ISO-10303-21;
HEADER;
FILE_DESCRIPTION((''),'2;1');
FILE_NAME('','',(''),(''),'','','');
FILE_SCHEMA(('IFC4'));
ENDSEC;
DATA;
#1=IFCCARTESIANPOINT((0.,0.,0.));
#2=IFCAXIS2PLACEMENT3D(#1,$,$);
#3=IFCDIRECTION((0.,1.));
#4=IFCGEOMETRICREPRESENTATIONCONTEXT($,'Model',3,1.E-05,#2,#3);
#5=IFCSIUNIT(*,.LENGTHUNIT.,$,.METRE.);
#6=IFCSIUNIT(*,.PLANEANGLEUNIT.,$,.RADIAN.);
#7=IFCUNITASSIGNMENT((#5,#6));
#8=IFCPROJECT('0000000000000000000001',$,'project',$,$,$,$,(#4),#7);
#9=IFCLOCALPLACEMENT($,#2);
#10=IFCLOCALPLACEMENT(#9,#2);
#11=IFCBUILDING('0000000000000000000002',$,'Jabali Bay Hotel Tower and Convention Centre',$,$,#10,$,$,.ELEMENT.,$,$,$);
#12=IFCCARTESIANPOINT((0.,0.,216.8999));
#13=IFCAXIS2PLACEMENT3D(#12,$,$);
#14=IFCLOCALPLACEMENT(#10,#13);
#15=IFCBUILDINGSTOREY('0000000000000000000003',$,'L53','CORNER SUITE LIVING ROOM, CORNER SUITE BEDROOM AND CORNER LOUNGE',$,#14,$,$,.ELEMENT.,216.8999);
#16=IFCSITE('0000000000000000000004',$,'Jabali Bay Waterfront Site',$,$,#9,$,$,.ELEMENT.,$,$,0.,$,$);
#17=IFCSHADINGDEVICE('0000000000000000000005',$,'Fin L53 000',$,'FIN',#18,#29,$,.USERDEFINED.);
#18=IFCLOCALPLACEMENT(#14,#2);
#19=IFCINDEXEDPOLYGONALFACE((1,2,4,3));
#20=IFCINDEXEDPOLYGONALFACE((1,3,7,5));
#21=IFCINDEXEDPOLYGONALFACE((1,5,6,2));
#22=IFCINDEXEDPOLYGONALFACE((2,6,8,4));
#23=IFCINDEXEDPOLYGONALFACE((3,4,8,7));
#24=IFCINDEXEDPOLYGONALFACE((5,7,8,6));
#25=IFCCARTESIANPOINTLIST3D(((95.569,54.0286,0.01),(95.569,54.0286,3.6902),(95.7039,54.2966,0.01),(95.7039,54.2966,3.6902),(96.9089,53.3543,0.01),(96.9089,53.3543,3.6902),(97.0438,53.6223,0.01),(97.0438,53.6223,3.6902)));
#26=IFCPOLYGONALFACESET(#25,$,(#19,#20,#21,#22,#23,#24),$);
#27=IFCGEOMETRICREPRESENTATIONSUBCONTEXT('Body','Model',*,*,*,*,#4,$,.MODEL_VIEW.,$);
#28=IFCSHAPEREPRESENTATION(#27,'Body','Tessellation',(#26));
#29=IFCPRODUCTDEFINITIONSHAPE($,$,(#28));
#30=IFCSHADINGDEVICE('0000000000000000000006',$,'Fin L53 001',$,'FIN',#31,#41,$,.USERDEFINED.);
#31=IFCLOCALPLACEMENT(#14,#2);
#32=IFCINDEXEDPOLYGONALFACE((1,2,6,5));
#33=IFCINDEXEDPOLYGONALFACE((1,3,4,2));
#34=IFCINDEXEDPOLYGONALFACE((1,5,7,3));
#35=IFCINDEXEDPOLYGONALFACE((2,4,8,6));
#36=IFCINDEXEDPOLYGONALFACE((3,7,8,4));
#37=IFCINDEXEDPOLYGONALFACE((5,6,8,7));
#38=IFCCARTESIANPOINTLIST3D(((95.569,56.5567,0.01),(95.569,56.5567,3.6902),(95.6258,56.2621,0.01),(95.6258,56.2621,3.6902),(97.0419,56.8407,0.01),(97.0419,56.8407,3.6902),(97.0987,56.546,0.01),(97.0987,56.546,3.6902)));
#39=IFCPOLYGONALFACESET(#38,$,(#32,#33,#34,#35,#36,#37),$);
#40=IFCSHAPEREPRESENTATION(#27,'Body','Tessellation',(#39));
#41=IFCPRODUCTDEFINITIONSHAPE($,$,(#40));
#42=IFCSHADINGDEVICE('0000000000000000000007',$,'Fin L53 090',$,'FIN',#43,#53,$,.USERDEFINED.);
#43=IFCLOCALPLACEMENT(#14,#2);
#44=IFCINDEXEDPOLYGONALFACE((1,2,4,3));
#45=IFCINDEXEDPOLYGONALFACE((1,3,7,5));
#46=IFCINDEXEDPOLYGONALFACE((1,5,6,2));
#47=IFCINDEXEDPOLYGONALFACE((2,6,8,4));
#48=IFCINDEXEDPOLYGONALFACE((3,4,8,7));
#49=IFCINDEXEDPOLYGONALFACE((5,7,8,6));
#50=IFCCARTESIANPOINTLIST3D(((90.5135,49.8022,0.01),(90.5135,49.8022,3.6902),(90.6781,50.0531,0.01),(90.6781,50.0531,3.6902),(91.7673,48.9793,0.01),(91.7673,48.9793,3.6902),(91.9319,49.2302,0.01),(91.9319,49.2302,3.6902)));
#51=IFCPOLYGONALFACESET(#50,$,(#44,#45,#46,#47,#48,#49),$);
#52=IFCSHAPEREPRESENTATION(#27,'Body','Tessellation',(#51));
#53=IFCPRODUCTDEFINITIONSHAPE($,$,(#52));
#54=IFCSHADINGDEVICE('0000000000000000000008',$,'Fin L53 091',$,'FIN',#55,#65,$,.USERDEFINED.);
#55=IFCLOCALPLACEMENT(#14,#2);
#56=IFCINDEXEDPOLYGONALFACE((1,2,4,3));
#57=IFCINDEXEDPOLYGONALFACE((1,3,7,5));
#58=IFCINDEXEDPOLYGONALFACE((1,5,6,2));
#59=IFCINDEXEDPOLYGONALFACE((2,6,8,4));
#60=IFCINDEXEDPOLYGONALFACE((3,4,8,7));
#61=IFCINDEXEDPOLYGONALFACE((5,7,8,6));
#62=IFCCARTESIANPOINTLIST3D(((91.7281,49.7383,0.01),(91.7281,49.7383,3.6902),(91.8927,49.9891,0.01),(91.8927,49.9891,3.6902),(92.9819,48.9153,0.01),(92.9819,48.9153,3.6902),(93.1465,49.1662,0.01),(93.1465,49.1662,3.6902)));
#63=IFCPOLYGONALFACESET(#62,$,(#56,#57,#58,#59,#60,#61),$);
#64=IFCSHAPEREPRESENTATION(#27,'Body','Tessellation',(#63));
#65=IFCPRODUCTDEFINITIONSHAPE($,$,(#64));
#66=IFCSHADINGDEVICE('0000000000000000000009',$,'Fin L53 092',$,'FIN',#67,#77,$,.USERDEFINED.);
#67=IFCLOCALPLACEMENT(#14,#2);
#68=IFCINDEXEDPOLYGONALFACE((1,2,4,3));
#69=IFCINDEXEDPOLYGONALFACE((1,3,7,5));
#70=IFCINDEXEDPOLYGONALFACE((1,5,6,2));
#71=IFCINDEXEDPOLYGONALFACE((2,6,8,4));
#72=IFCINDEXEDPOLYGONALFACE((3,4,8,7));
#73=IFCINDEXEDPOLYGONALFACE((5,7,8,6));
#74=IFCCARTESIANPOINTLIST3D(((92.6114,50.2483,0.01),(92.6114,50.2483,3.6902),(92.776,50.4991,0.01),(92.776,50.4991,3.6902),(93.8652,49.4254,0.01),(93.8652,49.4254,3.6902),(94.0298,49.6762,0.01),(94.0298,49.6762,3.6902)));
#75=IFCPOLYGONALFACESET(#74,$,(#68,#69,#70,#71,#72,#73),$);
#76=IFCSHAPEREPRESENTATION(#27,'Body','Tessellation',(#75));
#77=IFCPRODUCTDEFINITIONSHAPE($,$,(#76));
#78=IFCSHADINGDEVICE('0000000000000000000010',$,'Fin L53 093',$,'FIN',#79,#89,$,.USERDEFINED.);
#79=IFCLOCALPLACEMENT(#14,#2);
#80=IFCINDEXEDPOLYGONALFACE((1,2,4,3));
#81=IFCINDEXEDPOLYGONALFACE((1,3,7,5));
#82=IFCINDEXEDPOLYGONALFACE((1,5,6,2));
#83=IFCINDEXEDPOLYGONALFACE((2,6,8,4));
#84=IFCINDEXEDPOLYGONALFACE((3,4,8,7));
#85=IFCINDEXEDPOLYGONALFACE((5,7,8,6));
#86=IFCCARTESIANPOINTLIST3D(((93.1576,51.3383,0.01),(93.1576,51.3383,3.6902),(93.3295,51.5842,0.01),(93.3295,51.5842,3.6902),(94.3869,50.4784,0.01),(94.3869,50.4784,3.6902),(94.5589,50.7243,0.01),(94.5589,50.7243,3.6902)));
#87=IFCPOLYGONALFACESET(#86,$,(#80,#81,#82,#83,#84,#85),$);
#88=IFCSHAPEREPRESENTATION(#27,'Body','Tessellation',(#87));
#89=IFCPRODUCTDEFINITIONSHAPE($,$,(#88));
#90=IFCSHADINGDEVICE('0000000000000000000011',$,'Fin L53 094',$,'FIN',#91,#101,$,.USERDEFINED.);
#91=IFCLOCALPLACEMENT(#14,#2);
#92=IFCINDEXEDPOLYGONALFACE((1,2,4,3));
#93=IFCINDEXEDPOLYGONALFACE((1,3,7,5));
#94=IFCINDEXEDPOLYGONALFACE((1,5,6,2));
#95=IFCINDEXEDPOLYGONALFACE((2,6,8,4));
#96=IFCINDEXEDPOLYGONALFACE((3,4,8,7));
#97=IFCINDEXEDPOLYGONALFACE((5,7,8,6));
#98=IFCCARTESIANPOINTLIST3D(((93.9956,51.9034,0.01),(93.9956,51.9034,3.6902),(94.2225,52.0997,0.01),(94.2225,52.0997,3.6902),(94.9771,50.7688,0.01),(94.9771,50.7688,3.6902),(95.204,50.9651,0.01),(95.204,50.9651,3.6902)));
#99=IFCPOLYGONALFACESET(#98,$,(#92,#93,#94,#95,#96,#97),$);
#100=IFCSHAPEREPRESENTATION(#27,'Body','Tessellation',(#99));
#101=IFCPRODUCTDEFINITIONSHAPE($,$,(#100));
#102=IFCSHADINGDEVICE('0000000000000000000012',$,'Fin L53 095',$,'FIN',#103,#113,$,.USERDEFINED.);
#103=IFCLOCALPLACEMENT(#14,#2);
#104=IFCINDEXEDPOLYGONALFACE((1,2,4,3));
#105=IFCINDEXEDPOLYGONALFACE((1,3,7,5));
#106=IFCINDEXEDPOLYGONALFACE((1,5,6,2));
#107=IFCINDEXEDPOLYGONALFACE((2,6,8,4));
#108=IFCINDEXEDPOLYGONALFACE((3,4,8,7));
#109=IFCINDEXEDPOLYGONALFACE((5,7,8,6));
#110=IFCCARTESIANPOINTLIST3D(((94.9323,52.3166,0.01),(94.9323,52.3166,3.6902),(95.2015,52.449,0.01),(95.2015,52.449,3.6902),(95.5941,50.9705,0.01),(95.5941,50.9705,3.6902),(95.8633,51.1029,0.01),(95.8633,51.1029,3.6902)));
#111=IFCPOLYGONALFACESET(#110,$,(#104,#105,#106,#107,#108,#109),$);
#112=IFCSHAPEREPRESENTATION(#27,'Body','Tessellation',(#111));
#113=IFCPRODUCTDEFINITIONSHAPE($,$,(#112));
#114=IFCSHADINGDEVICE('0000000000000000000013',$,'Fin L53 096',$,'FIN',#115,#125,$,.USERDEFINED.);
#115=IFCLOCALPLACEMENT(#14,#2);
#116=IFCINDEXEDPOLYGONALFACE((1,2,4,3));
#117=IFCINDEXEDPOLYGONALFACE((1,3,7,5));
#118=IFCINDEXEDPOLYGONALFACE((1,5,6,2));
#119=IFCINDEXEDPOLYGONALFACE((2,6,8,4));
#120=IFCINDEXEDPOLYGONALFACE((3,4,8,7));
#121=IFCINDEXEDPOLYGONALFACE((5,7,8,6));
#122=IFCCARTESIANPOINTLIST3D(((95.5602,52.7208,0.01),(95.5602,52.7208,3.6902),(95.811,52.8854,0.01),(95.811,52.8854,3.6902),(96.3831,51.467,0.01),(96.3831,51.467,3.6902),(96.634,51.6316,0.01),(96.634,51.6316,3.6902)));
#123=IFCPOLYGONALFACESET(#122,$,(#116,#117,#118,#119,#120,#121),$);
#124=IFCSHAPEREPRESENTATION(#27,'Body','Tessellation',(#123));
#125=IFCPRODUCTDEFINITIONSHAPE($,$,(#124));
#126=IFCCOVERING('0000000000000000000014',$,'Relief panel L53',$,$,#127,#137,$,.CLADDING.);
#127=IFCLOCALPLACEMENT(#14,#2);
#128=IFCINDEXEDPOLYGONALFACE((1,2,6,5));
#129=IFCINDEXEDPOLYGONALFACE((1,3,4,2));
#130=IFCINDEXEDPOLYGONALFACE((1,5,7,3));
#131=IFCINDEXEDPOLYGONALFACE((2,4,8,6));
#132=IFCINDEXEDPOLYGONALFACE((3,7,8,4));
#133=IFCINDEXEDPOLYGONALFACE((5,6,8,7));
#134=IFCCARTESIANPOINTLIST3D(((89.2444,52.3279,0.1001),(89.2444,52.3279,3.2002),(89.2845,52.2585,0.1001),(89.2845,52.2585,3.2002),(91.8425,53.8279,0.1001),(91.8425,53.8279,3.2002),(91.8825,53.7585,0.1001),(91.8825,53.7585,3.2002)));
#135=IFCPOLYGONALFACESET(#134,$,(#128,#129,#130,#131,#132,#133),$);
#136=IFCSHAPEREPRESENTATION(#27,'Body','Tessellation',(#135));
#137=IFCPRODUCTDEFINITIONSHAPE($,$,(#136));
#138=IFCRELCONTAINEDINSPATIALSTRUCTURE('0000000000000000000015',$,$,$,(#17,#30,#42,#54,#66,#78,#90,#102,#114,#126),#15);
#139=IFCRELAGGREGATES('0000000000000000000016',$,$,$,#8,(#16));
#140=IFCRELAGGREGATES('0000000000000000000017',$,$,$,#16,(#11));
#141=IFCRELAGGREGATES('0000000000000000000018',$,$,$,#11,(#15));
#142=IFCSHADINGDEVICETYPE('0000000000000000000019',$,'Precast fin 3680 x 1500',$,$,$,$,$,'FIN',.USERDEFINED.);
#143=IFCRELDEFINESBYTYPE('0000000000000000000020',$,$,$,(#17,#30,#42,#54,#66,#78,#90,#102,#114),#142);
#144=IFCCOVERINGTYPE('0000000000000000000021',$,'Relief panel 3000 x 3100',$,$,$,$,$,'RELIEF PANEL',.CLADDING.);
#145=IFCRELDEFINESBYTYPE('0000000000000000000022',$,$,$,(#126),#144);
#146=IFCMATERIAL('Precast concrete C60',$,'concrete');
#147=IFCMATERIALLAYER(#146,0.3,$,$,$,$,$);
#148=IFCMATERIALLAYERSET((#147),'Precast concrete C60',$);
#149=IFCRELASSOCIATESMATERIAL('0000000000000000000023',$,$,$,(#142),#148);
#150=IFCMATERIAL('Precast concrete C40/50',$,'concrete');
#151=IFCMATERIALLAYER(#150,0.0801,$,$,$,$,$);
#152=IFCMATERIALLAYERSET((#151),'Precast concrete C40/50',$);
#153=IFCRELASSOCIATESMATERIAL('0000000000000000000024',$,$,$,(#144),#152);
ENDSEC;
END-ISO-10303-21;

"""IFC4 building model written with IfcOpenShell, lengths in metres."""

from ifc_helpers import new_model, si_unit, direction, frame, frame_2d, origin, origin_2d, place, context, subcontext, project, spatial, rectangle, extrude, material, layer, layer_set, type_object, element, save


model = new_model("IFC4")

# Units and contexts
model_context = context("Model", 3, precision=1e-05, world=origin(), true_north=direction((0.0, 1.0)))
body_context = subcontext(model_context, "Body", "Model", "MODEL_VIEW")
ifc_project = project(units=[si_unit("LENGTHUNIT", "METRE"), si_unit("PLANEANGLEUNIT", "RADIAN")], contexts=[model_context])

# Site, building, storey
site_placement = place(None, origin())
site = spatial("IfcSite", under=ifc_project, at=site_placement, Name="Jabali Bay Waterfront Site", CompositionType="ELEMENT", RefElevation=0.0)
building_placement = place(site_placement, origin())
building = spatial("IfcBuilding", under=site, at=building_placement, Name="Jabali Bay Hotel Tower and Convention Centre", CompositionType="ELEMENT")
storey_placement = place(building_placement, frame((0.0, 0.0, 216.8999)))
storey = spatial("IfcBuildingStorey", under=building, at=storey_placement, Name="L53", Description="CORNER SUITE LIVING ROOM, CORNER SUITE BEDROOM AND CORNER LOUNGE", CompositionType="ELEMENT", Elevation=216.8999)

# Shading devices
ifc_material_1 = material(Name="Precast concrete C60", Category="concrete")
ifc_layer_1 = layer(ifc_material_1, 0.3)
ifc_layer_set_1 = layer_set([ifc_layer_1], Name="Precast concrete C60")
shading_device_type = type_object("IfcShadingDeviceType", Name="Precast fin 3680 x 1500", ElementType="FIN", PredefinedType="USERDEFINED", material=ifc_layer_set_1)
for number, where, z_axis, x_axis, name in (
    (1, (95.6365, 54.1626, 0.01), (0.0, 0.0, 1.0), (0.893252, -0.449556, 0.0), "Fin L53 000"),
    (2, (95.5974, 56.4094, 0.01), (0.0, 0.0, 1.0), (0.981922, 0.189288, 0.0), "Fin L53 001"),
):
    element("IfcShadingDevice", number, at=place(storey_placement, frame(where, z_axis=z_axis, x_axis=x_axis)), inside=storey, type_object=shading_device_type, Name=name, ObjectType="FIN", PredefinedType="USERDEFINED", context=body_context, shape_type="SweptSolid", body=[
        extrude(rectangle(XDim=1.5, YDim=0.3, at=frame_2d((0.75, 0.0))), origin(), (0.0, 0.0, 1.0), 3.6802),
    ])
for number, where, z_axis, x_axis, name in (
    (3, (90.5957, 49.9277, 0.01), (0.0, 0.0, 1.0), (0.836011, -0.548713, 0.0), "Fin L53 090"),
    (4, (91.8103, 49.8638, 0.01), (0.0, 0.0, 1.0), (0.836011, -0.548713, 0.0), "Fin L53 091"),
    (5, (92.6936, 50.3738, 0.01), (0.0, 0.0, 1.0), (0.836011, -0.548713, 0.0), "Fin L53 092"),
):
    element("IfcShadingDevice", number, at=place(storey_placement, frame(where, z_axis=z_axis, x_axis=x_axis)), inside=storey, type_object=shading_device_type, Name=name, ObjectType="FIN", PredefinedType="USERDEFINED", context=body_context, shape_type="SweptSolid", body=[
        extrude(rectangle(XDim=1.4998, YDim=0.3, at=frame_2d((0.75, 0.0))), origin(), (0.0, 0.0, 1.0), 3.6802),
    ])
for number, where, z_axis, x_axis, name in (
    (6, (93.2437, 51.4612, 0.01), (0.0, 0.0, 1.0), (0.819423, -0.573189, 0.0), "Fin L53 093"),
    (7, (94.1091, 52.0015, 0.01), (0.0, 0.0, 1.0), (0.654243, -0.756285, 0.0), "Fin L53 094"),
):
    element("IfcShadingDevice", number, at=place(storey_placement, frame(where, z_axis=z_axis, x_axis=x_axis)), inside=storey, type_object=shading_device_type, Name=name, ObjectType="FIN", PredefinedType="USERDEFINED", context=body_context, shape_type="SweptSolid", body=[
        extrude(rectangle(XDim=1.5002, YDim=0.3, at=frame_2d((0.75, 0.0))), origin(), (0.0, 0.0, 1.0), 3.6802),
    ])
shading_device_1_placement = place(storey_placement, frame((95.0669, 52.3828, 0.01), z_axis=(0.0, 0.0, 1.0), x_axis=(0.441214, -0.897402, 0.0)))
element("IfcShadingDevice", 8, at=shading_device_1_placement, inside=storey, type_object=shading_device_type, Name="Fin L53 095", ObjectType="FIN", PredefinedType="USERDEFINED", context=body_context, shape_type="SweptSolid", body=[
    extrude(rectangle(XDim=1.5, YDim=0.3, at=frame_2d((0.75, 0.0))), origin(), (0.0, 0.0, 1.0), 3.6802),
])
shading_device_2_placement = place(storey_placement, frame((95.6855, 52.8032, 0.01), z_axis=(0.0, 0.0, 1.0), x_axis=(0.548713, -0.836011, 0.0)))
element("IfcShadingDevice", 9, at=shading_device_2_placement, inside=storey, type_object=shading_device_type, Name="Fin L53 096", ObjectType="FIN", PredefinedType="USERDEFINED", context=body_context, shape_type="SweptSolid", body=[
    extrude(rectangle(XDim=1.4998, YDim=0.3, at=frame_2d((0.75, 0.0))), origin(), (0.0, 0.0, 1.0), 3.6802),
])

# Covering
ifc_material_2 = material(Name="Precast concrete C40/50", Category="concrete")
ifc_layer_2 = layer(ifc_material_2, 0.0801)
ifc_layer_set_2 = layer_set([ifc_layer_2], Name="Precast concrete C40/50")
covering_type = type_object("IfcCoveringType", Name="Relief panel 3000 x 3100", ElementType="RELIEF PANEL", PredefinedType="CLADDING", material=ifc_layer_set_2)
covering_placement = place(storey_placement, frame((90.5635, 53.0432, 0.1001), z_axis=(0.0, 0.0, 1.0), x_axis=(-0.866025, -0.5, 0.0)))
element("IfcCovering", 10, at=covering_placement, inside=storey, type_object=covering_type, Name="Relief panel L53", PredefinedType="CLADDING", context=body_context, shape_type="SweptSolid", body=[
    extrude(rectangle(XDim=3.0, YDim=0.0801, at=origin_2d()), origin(), (0.0, 0.0, 1.0), 3.1001),
])

save(model, "model.ifc")
